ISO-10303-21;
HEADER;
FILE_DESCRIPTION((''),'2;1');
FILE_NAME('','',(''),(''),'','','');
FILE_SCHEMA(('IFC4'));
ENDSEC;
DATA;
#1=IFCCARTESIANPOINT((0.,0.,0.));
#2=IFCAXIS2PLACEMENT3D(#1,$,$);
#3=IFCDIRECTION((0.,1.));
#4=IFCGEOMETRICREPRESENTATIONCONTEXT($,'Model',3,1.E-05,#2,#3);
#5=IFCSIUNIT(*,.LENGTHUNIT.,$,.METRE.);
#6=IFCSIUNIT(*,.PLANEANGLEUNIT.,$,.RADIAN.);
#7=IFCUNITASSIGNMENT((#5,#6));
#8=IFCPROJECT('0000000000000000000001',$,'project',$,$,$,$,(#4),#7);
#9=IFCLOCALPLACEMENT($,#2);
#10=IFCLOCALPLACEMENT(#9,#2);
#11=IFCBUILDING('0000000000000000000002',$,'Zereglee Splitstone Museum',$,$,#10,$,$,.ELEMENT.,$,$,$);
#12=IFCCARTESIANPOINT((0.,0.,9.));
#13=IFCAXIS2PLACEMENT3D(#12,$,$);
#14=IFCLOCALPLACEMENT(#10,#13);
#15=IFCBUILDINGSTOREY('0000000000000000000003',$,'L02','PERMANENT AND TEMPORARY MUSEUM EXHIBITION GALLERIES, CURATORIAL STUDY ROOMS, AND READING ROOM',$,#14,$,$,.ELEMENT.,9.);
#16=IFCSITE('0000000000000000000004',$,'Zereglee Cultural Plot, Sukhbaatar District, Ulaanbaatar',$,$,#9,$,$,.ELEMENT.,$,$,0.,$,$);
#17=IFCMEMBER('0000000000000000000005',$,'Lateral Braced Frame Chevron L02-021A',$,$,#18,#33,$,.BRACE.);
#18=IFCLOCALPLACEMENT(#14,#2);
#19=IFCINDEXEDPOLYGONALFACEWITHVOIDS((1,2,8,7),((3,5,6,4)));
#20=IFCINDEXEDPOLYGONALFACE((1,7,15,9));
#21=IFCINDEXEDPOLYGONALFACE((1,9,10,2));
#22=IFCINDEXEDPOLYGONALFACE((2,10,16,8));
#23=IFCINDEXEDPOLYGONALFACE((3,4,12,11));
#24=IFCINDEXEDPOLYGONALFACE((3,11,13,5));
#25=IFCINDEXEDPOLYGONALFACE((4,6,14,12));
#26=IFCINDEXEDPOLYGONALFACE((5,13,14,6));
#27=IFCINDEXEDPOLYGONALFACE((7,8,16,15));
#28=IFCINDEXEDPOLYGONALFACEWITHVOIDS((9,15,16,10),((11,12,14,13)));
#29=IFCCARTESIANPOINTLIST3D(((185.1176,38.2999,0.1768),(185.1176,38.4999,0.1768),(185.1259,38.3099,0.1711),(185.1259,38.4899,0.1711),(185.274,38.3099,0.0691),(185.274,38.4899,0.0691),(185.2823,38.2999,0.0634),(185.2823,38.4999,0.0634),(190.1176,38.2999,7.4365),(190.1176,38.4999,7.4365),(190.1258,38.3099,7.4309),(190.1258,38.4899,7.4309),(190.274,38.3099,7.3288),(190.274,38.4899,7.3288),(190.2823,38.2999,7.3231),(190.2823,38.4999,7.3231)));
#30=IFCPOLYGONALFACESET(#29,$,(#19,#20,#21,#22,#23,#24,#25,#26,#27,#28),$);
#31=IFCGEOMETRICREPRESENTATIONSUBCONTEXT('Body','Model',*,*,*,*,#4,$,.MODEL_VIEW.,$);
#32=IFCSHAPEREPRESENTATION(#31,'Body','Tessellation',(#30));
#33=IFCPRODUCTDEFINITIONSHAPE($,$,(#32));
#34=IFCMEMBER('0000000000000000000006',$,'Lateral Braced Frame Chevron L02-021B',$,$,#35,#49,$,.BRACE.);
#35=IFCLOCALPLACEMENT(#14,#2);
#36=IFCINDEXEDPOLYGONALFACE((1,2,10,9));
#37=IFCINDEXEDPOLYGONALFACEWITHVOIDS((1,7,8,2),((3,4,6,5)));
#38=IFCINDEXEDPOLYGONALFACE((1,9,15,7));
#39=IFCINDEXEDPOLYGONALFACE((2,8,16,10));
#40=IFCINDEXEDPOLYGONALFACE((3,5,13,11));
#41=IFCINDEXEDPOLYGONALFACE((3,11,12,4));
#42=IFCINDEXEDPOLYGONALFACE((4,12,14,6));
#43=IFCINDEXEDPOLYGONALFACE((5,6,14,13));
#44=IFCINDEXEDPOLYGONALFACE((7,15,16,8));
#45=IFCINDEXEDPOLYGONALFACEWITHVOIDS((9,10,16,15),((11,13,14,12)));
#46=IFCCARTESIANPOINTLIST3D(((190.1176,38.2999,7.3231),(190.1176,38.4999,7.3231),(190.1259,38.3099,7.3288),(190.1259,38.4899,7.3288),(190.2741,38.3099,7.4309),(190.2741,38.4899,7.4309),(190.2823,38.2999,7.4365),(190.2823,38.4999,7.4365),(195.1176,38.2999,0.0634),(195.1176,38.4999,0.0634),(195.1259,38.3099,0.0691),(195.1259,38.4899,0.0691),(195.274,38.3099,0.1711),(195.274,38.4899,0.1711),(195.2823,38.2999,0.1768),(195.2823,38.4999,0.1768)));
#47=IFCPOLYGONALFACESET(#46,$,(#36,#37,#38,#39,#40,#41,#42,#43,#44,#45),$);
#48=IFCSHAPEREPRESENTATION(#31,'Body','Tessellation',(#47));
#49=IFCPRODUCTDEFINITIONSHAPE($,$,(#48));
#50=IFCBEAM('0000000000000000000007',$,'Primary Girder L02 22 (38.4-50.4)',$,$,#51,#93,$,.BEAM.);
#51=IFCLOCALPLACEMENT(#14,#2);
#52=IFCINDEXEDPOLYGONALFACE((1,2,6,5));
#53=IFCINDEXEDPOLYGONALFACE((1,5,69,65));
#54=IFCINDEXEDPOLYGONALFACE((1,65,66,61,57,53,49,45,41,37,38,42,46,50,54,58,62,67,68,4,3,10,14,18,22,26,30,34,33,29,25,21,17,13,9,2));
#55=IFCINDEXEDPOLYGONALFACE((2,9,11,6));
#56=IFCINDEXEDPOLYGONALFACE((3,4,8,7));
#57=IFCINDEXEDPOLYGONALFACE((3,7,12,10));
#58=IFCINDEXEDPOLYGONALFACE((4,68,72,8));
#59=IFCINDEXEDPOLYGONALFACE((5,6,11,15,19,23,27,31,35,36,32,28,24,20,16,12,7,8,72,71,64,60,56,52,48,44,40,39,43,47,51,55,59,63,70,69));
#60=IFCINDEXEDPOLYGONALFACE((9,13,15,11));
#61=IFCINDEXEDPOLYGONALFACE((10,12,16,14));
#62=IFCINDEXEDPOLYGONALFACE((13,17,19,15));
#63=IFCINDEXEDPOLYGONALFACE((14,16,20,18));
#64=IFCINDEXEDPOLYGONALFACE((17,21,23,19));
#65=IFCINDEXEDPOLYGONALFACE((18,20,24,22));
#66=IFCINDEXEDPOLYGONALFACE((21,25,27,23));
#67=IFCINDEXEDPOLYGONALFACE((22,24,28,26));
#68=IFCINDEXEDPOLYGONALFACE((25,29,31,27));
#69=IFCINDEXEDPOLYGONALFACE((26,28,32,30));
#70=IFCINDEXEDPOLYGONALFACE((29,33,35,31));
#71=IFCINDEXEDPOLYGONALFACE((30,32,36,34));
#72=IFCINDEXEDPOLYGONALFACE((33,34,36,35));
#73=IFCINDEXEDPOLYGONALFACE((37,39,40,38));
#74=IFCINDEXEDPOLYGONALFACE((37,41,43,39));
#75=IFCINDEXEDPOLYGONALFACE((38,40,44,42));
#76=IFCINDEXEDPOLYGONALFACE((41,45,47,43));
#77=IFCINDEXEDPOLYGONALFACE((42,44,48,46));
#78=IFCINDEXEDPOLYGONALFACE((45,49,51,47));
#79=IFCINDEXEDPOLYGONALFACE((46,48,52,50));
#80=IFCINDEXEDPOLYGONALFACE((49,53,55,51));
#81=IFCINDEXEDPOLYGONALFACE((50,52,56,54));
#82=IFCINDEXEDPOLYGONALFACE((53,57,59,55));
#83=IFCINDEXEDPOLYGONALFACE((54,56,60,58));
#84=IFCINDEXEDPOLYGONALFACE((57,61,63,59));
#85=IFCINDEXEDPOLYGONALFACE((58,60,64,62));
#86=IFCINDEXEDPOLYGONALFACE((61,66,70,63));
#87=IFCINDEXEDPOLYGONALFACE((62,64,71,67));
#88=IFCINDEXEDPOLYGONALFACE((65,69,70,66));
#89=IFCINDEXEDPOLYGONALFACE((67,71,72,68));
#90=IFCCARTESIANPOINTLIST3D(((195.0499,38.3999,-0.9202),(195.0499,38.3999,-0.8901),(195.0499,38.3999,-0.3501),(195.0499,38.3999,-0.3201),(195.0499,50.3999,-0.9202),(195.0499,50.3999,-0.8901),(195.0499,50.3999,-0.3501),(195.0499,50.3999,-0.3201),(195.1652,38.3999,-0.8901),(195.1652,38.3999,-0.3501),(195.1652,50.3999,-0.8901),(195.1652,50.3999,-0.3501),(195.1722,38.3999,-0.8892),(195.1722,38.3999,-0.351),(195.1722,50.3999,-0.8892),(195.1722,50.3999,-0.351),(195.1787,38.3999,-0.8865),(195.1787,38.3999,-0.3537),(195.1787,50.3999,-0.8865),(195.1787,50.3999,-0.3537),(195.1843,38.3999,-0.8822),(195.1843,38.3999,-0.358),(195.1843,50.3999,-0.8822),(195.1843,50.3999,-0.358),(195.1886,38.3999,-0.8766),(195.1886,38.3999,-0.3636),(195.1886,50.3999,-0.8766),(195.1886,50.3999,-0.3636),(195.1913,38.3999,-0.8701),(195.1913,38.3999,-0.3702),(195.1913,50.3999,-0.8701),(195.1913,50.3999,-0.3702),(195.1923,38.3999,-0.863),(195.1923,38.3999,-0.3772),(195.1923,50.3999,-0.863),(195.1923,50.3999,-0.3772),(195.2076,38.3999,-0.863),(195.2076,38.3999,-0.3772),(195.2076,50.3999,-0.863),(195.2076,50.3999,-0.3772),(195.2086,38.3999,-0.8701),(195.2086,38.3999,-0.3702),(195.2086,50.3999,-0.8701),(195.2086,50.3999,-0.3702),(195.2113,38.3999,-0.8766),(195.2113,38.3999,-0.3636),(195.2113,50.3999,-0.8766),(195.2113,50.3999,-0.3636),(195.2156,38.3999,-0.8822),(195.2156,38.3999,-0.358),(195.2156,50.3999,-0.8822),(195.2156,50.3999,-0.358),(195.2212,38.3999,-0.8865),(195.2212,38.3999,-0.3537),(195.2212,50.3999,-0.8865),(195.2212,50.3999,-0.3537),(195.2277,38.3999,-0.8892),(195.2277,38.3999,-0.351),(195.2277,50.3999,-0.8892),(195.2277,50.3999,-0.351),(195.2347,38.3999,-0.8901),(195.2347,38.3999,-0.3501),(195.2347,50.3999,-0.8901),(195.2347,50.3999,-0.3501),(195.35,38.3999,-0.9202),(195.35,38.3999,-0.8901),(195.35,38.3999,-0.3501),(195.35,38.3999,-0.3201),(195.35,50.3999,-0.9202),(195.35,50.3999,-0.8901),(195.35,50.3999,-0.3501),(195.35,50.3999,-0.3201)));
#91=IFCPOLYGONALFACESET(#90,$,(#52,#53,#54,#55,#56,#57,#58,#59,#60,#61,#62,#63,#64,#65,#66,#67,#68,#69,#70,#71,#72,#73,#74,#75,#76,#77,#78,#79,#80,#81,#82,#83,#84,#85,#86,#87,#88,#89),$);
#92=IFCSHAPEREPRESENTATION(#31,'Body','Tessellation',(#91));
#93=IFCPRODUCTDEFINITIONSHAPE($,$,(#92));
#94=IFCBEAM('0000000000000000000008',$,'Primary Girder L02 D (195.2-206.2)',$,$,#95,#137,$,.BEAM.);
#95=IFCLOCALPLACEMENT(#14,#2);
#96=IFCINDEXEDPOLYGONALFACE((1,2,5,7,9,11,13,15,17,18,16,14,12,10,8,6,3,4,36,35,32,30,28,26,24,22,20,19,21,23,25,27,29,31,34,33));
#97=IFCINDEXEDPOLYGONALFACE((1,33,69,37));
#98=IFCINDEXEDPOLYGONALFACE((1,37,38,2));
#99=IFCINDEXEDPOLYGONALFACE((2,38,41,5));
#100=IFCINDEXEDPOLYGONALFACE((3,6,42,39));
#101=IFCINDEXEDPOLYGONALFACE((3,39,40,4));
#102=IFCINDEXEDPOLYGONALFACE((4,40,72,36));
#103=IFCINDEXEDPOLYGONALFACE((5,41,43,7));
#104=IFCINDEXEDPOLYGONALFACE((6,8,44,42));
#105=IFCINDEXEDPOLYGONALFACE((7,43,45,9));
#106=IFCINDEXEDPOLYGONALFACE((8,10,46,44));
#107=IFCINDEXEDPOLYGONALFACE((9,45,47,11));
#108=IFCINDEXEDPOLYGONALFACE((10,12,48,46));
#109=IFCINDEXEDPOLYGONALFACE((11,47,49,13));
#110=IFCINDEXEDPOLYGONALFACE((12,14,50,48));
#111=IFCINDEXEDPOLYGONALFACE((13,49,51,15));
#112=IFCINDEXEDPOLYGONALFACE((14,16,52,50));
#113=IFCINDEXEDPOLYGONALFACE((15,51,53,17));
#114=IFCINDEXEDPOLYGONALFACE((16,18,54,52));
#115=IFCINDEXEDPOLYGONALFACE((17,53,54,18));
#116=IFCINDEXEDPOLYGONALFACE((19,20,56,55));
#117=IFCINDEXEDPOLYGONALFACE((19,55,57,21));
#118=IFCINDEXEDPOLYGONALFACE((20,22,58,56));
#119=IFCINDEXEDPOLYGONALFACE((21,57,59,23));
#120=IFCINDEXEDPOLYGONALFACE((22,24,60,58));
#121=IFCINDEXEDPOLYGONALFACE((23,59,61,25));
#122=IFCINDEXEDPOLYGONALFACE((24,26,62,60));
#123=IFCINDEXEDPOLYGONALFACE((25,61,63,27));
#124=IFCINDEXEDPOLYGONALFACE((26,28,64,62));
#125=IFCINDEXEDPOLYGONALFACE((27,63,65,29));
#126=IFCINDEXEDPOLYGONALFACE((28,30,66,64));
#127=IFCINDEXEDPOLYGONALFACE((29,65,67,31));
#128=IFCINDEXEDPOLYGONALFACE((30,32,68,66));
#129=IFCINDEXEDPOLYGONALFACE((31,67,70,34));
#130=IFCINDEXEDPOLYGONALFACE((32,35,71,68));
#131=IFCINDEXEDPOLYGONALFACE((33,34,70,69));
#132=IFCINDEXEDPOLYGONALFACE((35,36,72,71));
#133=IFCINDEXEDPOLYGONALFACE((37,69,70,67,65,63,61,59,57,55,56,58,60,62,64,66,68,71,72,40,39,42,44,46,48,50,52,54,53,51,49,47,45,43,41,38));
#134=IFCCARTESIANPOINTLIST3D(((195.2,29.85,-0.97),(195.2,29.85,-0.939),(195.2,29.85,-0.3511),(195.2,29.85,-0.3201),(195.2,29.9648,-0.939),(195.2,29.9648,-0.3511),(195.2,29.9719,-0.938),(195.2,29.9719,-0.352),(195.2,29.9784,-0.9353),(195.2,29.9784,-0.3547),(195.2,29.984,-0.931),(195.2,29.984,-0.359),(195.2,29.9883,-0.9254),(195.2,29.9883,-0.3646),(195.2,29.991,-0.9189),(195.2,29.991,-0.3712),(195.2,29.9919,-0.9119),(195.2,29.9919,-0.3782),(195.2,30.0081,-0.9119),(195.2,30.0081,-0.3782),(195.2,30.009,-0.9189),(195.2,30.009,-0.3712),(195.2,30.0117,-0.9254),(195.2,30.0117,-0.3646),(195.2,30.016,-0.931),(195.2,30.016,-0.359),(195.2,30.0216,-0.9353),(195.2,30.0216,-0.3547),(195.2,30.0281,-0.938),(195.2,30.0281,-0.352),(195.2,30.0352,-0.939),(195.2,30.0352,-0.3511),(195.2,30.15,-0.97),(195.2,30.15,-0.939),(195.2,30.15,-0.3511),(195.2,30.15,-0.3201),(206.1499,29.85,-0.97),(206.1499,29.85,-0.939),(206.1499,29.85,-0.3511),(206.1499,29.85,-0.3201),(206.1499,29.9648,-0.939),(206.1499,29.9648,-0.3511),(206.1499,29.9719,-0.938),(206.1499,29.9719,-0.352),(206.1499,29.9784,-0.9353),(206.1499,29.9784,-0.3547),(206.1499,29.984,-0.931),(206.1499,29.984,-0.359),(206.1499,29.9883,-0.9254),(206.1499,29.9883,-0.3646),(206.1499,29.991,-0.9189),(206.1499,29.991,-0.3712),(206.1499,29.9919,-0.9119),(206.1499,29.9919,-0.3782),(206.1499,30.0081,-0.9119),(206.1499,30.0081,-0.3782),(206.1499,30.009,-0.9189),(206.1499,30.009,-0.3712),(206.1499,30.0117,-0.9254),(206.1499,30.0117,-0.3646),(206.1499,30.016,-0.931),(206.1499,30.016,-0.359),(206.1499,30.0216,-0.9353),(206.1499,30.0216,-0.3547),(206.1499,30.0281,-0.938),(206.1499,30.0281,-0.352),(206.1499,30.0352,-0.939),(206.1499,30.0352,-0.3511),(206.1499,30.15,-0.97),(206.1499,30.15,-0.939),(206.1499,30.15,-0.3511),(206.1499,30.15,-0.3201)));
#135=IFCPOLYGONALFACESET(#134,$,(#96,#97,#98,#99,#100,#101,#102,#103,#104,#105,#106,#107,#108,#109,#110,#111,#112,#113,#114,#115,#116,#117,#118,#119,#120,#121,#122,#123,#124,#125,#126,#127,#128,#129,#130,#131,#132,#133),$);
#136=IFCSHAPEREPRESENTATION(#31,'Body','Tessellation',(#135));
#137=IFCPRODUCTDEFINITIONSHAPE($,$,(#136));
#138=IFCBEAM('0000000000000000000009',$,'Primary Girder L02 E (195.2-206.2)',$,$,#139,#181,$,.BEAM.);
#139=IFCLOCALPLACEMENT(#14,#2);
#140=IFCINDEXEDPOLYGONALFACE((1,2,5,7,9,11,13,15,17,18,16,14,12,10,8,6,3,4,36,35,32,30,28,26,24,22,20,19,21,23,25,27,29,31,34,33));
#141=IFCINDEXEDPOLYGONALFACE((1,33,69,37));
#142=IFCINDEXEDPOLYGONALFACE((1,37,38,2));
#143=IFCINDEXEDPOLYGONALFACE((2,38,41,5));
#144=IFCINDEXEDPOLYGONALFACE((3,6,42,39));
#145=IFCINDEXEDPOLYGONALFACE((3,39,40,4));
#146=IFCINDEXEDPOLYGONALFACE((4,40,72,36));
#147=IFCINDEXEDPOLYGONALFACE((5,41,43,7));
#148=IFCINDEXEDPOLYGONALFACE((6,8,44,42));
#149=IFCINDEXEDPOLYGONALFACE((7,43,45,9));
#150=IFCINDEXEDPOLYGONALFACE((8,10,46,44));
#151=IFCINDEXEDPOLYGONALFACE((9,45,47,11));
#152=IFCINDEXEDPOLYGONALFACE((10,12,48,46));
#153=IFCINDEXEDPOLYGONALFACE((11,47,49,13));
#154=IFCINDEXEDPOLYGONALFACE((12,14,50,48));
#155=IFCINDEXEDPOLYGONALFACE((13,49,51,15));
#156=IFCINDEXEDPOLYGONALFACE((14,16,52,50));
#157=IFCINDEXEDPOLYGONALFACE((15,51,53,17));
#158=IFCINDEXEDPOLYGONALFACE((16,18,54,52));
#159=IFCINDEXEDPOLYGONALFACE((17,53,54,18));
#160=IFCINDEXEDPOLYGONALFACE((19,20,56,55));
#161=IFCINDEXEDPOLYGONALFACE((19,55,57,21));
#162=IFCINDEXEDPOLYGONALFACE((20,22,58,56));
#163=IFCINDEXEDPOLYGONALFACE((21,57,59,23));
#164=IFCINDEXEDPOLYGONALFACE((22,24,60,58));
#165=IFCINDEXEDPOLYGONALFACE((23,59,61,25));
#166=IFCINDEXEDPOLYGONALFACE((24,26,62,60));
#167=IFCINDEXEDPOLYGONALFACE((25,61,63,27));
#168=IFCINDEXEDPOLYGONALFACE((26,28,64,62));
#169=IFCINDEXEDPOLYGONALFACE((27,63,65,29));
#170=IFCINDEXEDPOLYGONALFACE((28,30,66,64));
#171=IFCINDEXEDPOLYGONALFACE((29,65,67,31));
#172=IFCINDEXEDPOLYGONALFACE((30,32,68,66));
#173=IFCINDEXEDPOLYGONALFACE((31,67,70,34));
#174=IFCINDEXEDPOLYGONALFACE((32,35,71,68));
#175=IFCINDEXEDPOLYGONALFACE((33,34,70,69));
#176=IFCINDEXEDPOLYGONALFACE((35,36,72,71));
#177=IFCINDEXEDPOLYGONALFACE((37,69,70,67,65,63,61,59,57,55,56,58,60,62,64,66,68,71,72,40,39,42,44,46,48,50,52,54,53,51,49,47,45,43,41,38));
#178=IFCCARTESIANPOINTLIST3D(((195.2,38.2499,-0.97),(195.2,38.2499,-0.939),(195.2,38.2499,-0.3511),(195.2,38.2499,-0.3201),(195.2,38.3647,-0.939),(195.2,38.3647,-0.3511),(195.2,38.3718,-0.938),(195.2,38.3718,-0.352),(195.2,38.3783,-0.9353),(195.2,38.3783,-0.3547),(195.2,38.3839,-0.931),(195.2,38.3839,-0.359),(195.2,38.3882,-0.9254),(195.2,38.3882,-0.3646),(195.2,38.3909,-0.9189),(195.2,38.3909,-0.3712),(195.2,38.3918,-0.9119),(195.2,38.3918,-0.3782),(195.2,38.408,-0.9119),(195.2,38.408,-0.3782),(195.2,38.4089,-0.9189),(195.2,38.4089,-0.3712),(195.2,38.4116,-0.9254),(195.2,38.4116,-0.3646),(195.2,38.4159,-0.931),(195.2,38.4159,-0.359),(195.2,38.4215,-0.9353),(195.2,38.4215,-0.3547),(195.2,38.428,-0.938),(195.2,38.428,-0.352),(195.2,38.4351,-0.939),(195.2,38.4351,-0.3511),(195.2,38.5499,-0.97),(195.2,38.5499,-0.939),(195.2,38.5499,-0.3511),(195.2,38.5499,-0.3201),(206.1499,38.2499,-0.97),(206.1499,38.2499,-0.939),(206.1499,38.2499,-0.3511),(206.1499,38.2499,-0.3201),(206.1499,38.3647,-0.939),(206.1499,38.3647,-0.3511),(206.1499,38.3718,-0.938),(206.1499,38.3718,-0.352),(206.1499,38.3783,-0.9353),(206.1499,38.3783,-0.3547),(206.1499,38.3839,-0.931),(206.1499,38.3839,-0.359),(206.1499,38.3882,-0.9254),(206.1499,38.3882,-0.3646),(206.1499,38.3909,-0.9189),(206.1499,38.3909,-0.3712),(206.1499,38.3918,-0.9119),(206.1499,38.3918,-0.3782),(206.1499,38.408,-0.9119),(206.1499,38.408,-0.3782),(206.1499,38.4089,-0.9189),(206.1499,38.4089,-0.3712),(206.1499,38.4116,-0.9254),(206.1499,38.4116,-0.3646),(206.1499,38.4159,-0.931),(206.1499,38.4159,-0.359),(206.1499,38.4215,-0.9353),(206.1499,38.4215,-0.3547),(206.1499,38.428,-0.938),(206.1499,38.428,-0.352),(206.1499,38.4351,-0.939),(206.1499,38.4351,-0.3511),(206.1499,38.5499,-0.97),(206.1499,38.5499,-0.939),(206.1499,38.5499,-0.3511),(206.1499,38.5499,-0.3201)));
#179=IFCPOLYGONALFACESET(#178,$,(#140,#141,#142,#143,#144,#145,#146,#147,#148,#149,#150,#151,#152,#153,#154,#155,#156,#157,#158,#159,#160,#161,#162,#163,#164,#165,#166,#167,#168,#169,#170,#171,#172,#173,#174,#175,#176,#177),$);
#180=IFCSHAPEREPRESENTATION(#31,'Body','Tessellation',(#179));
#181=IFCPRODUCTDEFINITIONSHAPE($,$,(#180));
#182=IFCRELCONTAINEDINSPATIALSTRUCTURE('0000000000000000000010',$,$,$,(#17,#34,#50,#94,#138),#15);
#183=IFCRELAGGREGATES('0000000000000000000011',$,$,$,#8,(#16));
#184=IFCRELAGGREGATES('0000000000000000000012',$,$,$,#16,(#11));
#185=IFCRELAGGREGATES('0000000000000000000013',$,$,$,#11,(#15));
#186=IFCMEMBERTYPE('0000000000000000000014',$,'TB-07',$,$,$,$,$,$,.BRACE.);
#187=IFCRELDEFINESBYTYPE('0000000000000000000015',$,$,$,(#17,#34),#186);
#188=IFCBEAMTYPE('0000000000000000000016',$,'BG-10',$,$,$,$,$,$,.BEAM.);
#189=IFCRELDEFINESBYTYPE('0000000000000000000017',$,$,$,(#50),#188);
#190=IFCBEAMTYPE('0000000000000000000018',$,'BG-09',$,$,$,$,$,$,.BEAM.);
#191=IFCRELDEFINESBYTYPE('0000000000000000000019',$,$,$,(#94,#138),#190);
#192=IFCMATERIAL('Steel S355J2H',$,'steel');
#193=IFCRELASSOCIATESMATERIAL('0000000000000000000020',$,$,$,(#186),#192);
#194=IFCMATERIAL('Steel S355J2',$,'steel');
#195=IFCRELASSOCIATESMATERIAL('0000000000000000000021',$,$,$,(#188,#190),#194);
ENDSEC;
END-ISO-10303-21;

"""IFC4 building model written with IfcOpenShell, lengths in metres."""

from ifc_helpers import new_model, si_unit, direction, frame, origin, origin_2d, place, context, subcontext, project, spatial, hollow_rectangle, i_section, extrude, material, material_profile, profile_set, type_object, element, save


model = new_model("IFC4")

# Units and contexts
model_context = context("Model", 3, precision=1e-05, world=origin(), true_north=direction((0.0, 1.0)))
body_context = subcontext(model_context, "Body", "Model", "MODEL_VIEW")
ifc_project = project(units=[si_unit("LENGTHUNIT", "METRE"), si_unit("PLANEANGLEUNIT", "RADIAN")], contexts=[model_context])

# Site, building, storey
site_placement = place(None, origin())
site = spatial("IfcSite", under=ifc_project, at=site_placement, Name="Zereglee Cultural Plot, Sukhbaatar District, Ulaanbaatar", CompositionType="ELEMENT", RefElevation=0.0)
building_placement = place(site_placement, origin())
building = spatial("IfcBuilding", under=site, at=building_placement, Name="Zereglee Splitstone Museum", CompositionType="ELEMENT")
storey_placement = place(building_placement, frame((0.0, 0.0, 9.0)))
storey = spatial("IfcBuildingStorey", under=building, at=storey_placement, Name="L02", Description="PERMANENT AND TEMPORARY MUSEUM EXHIBITION GALLERIES, CURATORIAL STUDY ROOMS, AND READING ROOM", CompositionType="ELEMENT", Elevation=9.0)

# Shared definitions
ifc_material_1 = material(Name="Steel S355J2H", Category="steel")
ifc_material_2 = material(Name="Steel S355J2", Category="steel")

# Members
ifc_material_profile_1 = material_profile(ifc_material_1, hollow_rectangle(XDim=0.2, YDim=0.2, WallThickness=0.01, at=origin_2d()), Name="SHS 200x200x10")
ifc_profile_set_1 = profile_set([ifc_material_profile_1], Name="Steel S355J2H")
member_type_1 = type_object("IfcMemberType", Name="TB-07", PredefinedType="BRACE", material=ifc_profile_set_1)
for number, where, z_axis, x_axis, name in (
    (1, (185.2, 38.3999, 0.1201), (0.567215, 0.0, 0.82357), (0.0, 1.0, 0.0), "Lateral Braced Frame Chevron L02-021A"),
    (2, (195.2, 38.3999, 0.1201), (-0.567215, 0.0, 0.82357), (0.0, -1.0, 0.0), "Lateral Braced Frame Chevron L02-021B"),
):
    element("IfcMember", number, at=place(storey_placement, frame(where, z_axis=z_axis, x_axis=x_axis)), inside=storey, type_object=member_type_1, Name=name, PredefinedType="BRACE", context=body_context, shape_type="SweptSolid", body=[
        extrude(hollow_rectangle(XDim=0.2, YDim=0.2, WallThickness=0.01, at=origin_2d()), origin(), (0.0, 0.0, 1.0), 8.8149),
    ])

# Beams
ifc_material_profile_2 = material_profile(ifc_material_2, i_section(OverallWidth=0.3, OverallDepth=0.6001, WebThickness=0.0154, FlangeThickness=0.03, FilletRadius=0.0271, at=origin_2d()), Name="HE 600 B")
ifc_profile_set_2 = profile_set([ifc_material_profile_2], Name="Steel S355J2")
beam_type_1 = type_object("IfcBeamType", Name="BG-10", PredefinedType="BEAM", material=ifc_profile_set_2)
beam_1_placement = place(storey_placement, frame((195.2, 38.3999, -0.6201), z_axis=(0.0, 1.0, 0.0), x_axis=(-1.0, 0.0, 0.0)))
element("IfcBeam", 3, at=beam_1_placement, inside=storey, type_object=beam_type_1, Name="Primary Girder L02 22 (38.4-50.4)", PredefinedType="BEAM", context=body_context, shape_type="SweptSolid", body=[
    extrude(i_section(OverallWidth=0.3, OverallDepth=0.6001, WebThickness=0.0154, FlangeThickness=0.03, FilletRadius=0.0271, at=origin_2d()), origin(), (0.0, 0.0, 1.0), 12.0),
])
ifc_material_profile_3 = material_profile(ifc_material_2, i_section(OverallWidth=0.3, OverallDepth=0.6499, WebThickness=0.0161, FlangeThickness=0.031, FilletRadius=0.0271, at=origin_2d()), Name="HE 650 B")
ifc_profile_set_3 = profile_set([ifc_material_profile_3], Name="Steel S355J2")
beam_type_2 = type_object("IfcBeamType", Name="BG-09", PredefinedType="BEAM", material=ifc_profile_set_3)
for number, where, z_axis, x_axis, name in (
    (4, (195.2, 30.0, -0.645), (1.0, 0.0, 0.0), (0.0, 1.0, 0.0), "Primary Girder L02 D (195.2-206.2)"),
    (5, (195.2, 38.3999, -0.645), (1.0, 0.0, 0.0), (0.0, 1.0, 0.0), "Primary Girder L02 E (195.2-206.2)"),
):
    element("IfcBeam", number, at=place(storey_placement, frame(where, z_axis=z_axis, x_axis=x_axis)), inside=storey, type_object=beam_type_2, Name=name, PredefinedType="BEAM", context=body_context, shape_type="SweptSolid", body=[
        extrude(i_section(OverallWidth=0.3, OverallDepth=0.6499, WebThickness=0.0161, FlangeThickness=0.031, FilletRadius=0.0271, at=origin_2d()), origin(), (0.0, 0.0, 1.0), 10.95),
    ])

save(model, "model.ifc")
